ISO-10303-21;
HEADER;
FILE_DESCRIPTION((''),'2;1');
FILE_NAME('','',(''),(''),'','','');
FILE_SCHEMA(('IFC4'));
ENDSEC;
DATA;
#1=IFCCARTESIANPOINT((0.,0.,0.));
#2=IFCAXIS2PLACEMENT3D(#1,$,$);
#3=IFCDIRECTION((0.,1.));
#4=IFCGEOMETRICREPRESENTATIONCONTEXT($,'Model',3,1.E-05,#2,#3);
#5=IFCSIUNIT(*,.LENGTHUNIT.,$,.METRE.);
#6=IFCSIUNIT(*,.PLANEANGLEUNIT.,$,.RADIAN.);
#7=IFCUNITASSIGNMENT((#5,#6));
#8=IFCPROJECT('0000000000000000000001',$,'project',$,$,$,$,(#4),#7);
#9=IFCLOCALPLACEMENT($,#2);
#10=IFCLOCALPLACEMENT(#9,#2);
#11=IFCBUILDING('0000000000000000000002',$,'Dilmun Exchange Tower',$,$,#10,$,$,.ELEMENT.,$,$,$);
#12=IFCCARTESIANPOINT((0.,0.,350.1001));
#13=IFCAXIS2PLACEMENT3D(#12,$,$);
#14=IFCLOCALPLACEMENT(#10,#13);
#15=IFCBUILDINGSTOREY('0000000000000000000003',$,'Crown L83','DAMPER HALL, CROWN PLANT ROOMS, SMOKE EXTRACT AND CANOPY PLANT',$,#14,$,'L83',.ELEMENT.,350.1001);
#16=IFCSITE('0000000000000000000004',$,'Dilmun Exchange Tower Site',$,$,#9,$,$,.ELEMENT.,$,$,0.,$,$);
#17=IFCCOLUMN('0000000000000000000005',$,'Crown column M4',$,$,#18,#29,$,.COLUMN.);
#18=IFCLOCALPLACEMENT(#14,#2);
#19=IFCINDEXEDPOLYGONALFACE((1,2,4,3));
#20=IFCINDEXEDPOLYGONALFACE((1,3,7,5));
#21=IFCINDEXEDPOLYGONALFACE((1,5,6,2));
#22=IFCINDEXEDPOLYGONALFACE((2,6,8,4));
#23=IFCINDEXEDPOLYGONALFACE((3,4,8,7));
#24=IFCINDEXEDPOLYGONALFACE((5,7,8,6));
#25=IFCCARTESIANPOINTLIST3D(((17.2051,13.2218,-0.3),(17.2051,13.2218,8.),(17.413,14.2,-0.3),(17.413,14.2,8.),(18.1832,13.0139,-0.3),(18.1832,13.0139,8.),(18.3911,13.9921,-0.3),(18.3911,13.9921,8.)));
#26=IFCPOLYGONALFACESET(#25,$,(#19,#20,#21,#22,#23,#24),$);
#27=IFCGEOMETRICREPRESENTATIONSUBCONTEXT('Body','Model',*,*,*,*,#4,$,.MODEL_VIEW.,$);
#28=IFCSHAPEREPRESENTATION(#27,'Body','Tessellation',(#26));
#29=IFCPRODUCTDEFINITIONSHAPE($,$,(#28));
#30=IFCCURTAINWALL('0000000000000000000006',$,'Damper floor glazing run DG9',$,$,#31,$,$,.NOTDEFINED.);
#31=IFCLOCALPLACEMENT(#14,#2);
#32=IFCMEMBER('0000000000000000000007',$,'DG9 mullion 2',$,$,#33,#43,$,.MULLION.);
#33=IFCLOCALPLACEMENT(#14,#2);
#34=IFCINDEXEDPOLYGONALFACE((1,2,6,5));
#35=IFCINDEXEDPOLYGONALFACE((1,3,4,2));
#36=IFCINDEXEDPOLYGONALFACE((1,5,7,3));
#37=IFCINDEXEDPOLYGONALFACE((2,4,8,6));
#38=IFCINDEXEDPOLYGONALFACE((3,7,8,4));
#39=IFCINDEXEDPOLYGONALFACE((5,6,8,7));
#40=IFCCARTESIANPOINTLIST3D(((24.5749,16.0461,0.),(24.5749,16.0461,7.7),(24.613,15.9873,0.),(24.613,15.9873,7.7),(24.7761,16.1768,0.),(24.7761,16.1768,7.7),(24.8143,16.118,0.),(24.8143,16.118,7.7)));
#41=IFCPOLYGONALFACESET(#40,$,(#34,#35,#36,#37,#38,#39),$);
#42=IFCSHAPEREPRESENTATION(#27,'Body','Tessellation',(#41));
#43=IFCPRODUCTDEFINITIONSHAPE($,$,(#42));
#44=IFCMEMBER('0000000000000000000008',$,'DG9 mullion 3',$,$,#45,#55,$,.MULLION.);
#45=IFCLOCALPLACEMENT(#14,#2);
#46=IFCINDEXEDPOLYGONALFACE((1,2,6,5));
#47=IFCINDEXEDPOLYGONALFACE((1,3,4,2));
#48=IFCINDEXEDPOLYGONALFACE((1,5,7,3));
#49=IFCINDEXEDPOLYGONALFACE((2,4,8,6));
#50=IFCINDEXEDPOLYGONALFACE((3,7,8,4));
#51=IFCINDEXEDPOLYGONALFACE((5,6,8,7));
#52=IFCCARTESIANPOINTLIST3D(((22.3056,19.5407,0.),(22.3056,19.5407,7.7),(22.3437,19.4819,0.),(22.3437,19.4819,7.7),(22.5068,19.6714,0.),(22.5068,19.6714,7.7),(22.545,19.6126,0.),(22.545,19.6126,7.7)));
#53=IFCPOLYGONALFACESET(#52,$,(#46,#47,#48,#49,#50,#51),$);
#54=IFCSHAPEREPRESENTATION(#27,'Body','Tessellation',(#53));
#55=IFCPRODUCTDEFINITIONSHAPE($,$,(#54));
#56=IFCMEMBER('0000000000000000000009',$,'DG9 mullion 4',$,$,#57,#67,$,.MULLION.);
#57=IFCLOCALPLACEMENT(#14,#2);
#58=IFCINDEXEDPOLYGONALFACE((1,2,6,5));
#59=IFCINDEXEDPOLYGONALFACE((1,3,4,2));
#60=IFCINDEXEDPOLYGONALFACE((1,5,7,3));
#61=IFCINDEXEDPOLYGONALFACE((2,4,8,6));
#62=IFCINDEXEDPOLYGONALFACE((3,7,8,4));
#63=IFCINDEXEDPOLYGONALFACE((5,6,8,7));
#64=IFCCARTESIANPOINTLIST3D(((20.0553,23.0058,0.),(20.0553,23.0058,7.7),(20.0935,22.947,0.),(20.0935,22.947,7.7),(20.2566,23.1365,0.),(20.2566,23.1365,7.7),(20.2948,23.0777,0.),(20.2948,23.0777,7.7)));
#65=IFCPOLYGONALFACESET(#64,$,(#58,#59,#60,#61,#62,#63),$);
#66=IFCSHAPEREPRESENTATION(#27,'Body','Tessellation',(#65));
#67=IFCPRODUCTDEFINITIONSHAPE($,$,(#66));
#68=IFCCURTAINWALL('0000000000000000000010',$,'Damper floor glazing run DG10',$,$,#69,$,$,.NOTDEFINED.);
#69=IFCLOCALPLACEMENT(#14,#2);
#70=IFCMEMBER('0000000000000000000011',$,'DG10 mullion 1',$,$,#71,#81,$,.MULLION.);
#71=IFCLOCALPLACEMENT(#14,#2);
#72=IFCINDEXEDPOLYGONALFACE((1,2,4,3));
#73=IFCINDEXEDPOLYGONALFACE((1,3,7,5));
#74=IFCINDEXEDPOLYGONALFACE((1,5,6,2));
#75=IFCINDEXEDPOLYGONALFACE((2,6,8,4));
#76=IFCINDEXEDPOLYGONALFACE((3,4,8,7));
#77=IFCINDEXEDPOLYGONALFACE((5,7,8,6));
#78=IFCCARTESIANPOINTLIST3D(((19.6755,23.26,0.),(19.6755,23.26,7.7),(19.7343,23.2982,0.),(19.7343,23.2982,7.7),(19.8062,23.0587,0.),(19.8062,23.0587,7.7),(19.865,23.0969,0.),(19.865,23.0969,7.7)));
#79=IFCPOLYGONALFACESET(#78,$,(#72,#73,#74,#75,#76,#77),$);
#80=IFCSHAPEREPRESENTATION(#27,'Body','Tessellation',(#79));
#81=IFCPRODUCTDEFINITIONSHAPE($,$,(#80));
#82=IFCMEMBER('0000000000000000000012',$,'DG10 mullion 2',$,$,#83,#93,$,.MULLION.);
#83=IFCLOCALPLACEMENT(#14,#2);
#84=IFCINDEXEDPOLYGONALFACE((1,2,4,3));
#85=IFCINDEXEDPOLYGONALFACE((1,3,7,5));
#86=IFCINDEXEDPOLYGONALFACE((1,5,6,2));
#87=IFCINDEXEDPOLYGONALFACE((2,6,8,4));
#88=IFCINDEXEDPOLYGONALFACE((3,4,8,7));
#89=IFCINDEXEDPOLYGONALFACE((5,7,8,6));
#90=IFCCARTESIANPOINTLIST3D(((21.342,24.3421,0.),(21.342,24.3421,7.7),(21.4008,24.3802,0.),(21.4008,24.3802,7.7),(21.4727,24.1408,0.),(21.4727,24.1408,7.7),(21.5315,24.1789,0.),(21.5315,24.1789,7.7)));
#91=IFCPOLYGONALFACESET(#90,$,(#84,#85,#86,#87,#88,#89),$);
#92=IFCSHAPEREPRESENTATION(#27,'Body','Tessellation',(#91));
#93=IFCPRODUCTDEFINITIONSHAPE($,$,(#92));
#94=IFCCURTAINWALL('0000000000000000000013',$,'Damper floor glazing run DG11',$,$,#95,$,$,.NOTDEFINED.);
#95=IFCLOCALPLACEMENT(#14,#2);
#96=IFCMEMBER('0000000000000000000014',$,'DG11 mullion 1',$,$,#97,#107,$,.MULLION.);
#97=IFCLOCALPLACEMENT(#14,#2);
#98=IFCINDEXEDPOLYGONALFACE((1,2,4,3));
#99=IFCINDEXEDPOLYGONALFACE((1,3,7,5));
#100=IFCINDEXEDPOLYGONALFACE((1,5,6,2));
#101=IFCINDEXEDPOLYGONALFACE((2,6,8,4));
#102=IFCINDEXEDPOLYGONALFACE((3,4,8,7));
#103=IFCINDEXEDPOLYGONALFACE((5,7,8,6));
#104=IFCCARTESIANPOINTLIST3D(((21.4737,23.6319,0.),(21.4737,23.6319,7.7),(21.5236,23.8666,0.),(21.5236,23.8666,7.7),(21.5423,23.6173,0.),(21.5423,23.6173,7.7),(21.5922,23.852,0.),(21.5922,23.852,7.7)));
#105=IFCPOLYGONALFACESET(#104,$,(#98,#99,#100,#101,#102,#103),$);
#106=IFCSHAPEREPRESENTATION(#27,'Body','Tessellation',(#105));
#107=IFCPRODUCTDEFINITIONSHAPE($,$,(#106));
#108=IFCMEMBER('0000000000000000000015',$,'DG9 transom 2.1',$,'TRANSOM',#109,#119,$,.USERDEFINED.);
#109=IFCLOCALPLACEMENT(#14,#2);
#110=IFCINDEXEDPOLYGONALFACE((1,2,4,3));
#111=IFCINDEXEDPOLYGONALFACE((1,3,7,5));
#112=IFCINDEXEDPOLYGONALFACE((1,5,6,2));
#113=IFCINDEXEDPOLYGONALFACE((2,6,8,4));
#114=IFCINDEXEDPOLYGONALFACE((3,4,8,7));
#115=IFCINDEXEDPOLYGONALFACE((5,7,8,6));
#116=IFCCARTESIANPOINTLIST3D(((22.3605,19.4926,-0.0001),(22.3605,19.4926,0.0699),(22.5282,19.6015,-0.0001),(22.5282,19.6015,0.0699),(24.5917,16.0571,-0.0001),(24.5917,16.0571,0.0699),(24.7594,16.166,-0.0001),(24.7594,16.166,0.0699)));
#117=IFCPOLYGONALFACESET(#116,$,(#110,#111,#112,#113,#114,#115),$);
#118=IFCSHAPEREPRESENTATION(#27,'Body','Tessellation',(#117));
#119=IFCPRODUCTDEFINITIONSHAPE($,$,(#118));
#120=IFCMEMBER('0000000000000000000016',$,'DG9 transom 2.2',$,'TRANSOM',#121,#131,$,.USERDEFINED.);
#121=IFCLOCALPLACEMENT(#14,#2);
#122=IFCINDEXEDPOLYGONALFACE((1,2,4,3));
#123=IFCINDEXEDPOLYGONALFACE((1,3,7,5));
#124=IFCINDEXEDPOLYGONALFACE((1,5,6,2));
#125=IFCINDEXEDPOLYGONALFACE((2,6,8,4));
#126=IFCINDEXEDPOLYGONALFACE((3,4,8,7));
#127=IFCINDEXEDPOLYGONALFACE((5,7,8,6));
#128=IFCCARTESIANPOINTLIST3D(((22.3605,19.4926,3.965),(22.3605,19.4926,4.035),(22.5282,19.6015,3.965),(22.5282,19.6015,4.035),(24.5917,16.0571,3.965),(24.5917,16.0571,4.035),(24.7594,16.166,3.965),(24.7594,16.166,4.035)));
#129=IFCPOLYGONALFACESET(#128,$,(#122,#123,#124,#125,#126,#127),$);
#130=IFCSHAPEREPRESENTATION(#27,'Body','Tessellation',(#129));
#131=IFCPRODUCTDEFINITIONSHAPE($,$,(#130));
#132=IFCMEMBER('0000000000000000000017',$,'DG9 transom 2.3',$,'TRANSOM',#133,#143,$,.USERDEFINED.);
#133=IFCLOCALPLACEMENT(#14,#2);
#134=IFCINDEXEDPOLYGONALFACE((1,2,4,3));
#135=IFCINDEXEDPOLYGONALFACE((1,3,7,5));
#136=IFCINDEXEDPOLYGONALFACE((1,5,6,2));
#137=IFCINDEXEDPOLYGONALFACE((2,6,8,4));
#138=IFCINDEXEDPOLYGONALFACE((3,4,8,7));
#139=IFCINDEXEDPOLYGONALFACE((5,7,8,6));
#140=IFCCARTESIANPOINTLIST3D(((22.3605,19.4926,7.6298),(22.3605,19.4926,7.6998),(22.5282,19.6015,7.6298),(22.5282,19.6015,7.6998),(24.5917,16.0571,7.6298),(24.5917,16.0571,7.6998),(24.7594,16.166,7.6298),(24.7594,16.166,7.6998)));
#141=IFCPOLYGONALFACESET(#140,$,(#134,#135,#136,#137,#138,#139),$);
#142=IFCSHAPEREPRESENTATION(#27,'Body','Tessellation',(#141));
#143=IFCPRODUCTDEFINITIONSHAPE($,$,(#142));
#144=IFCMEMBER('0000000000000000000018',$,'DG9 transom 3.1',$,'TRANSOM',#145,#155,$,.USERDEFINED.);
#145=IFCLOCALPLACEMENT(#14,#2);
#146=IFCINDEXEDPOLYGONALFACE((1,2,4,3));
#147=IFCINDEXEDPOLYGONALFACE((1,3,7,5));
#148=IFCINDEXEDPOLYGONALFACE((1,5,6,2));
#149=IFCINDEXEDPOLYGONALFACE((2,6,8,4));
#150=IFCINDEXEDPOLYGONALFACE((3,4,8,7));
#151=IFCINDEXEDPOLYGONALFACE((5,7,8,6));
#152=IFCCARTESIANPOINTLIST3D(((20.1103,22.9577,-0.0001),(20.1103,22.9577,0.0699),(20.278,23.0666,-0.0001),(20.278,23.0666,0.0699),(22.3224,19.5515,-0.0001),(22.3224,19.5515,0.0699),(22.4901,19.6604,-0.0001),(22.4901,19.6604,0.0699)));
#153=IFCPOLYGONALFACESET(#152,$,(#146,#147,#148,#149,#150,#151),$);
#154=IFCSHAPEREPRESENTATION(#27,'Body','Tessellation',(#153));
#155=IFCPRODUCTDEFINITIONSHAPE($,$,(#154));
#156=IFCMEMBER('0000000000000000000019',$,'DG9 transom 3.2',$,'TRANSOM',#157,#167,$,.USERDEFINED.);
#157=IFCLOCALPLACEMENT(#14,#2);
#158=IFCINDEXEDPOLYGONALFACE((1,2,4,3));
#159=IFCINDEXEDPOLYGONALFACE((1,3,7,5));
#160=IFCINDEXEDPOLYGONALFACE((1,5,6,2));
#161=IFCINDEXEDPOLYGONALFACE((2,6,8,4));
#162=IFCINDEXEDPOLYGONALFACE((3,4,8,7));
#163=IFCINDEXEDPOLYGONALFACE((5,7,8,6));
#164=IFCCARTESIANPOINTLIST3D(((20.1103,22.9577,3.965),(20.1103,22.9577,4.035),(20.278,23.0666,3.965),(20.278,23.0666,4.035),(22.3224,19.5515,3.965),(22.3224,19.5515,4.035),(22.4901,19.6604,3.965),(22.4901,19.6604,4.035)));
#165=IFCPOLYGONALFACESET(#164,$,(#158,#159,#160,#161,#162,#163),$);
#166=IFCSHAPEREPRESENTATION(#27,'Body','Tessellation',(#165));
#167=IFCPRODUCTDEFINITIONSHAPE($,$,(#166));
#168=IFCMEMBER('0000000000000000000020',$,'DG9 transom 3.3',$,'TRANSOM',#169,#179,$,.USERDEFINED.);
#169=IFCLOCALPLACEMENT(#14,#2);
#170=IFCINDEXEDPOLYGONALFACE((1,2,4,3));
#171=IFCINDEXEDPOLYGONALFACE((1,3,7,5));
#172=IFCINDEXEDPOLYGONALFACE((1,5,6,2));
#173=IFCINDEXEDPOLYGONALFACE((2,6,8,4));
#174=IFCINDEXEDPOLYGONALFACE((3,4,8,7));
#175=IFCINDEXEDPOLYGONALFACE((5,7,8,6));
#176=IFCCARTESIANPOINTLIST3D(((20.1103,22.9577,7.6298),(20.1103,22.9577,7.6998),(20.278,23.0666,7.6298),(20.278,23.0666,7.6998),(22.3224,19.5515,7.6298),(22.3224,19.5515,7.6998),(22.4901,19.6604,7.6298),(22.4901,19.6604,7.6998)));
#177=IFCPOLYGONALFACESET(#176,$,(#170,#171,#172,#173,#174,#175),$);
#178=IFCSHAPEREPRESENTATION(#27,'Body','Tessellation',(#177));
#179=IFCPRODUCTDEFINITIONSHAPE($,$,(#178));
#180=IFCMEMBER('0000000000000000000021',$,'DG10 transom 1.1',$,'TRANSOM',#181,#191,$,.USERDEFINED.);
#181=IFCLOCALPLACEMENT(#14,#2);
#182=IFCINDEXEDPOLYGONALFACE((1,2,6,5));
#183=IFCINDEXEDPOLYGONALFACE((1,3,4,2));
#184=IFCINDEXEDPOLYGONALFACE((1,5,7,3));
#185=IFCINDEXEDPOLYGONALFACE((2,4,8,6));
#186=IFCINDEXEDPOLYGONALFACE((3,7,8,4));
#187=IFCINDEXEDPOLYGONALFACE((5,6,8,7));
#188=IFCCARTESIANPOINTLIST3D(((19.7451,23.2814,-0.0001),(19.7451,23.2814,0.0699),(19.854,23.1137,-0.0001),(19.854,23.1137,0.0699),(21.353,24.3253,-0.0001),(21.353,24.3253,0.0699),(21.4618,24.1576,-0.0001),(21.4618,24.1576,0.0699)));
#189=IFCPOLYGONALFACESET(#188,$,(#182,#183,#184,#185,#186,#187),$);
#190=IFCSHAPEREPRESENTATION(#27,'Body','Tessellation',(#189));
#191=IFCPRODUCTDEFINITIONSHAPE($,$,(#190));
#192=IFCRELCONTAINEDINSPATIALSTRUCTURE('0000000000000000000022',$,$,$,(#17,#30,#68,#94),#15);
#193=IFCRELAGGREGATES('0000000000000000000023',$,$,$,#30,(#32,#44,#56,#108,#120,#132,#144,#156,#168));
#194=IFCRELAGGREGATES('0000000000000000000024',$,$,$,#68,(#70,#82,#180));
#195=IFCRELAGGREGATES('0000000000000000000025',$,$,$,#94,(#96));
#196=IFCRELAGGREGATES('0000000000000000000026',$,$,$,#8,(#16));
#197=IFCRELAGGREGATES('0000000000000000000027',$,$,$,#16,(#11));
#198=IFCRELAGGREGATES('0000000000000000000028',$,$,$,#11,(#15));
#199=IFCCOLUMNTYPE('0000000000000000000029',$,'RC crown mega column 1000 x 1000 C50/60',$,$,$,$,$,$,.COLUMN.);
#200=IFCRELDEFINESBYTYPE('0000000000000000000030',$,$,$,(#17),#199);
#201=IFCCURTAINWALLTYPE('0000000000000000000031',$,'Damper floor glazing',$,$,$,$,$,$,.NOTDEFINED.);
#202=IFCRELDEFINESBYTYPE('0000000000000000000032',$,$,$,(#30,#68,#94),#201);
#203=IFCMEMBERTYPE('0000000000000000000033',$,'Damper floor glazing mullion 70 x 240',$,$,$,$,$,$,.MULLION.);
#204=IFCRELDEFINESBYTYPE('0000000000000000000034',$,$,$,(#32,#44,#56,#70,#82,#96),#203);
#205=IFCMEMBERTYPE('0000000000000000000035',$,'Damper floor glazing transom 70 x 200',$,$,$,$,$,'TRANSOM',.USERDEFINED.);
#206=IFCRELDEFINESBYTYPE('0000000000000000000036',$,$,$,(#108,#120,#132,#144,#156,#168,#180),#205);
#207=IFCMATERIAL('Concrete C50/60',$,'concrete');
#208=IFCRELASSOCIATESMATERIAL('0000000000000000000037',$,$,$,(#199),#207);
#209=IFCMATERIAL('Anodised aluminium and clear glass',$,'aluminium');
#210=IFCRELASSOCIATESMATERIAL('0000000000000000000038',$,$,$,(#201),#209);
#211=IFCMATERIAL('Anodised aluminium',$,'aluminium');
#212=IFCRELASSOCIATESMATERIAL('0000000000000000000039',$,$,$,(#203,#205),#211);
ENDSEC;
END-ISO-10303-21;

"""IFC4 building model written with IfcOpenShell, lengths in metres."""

from ifc_helpers import new_model, si_unit, direction, frame, origin, origin_2d, place, context, subcontext, project, spatial, rectangle, extrude, material, material_profile, profile_set, type_object, element, aggregate, save


model = new_model("IFC4")

# Units and contexts
model_context = context("Model", 3, precision=1e-05, world=origin(), true_north=direction((0.0, 1.0)))
body_context = subcontext(model_context, "Body", "Model", "MODEL_VIEW")
ifc_project = project(units=[si_unit("LENGTHUNIT", "METRE"), si_unit("PLANEANGLEUNIT", "RADIAN")], contexts=[model_context])

# Site, building, storey
site_placement = place(None, origin())
site = spatial("IfcSite", under=ifc_project, at=site_placement, Name="Dilmun Exchange Tower Site", CompositionType="ELEMENT", RefElevation=0.0)
building_placement = place(site_placement, origin())
building = spatial("IfcBuilding", under=site, at=building_placement, Name="Dilmun Exchange Tower", CompositionType="ELEMENT")
storey_placement = place(building_placement, frame((0.0, 0.0, 350.1001)))
storey = spatial("IfcBuildingStorey", under=building, at=storey_placement, Name="Crown L83", Description="DAMPER HALL, CROWN PLANT ROOMS, SMOKE EXTRACT AND CANOPY PLANT", LongName="L83", CompositionType="ELEMENT", Elevation=350.1001)

# Column
ifc_material_1 = material(Name="Concrete C50/60", Category="concrete")
ifc_material_profile_1 = material_profile(ifc_material_1, rectangle(XDim=1.0, YDim=1.0, at=origin_2d()), Name="1000 x 1000")
ifc_profile_set_1 = profile_set([ifc_material_profile_1], Name="Concrete C50/60")
column_type = type_object("IfcColumnType", Name="RC crown mega column 1000 x 1000 C50/60", PredefinedType="COLUMN", material=ifc_profile_set_1)
column_placement = place(storey_placement, frame((17.7981, 13.6069, -0.3), z_axis=(0.0, 0.0, 1.0), x_axis=(0.207912, 0.978148, 0.0)))
element("IfcColumn", 1, at=column_placement, inside=storey, type_object=column_type, Name="Crown column M4", PredefinedType="COLUMN", context=body_context, shape_type="SweptSolid", body=[
    extrude(rectangle(XDim=1.0, YDim=1.0, at=origin_2d()), origin(), (0.0, 0.0, 1.0), 8.3),
])

# Curtain walls, members
ifc_material_2 = material(Name="Anodised aluminium and clear glass", Category="aluminium")
curtain_wall_type = type_object("IfcCurtainWallType", Name="Damper floor glazing", PredefinedType="NOTDEFINED", material=ifc_material_2)
curtain_wall_1_placement = place(storey_placement, origin())
curtain_wall_1 = element("IfcCurtainWall", 2, at=curtain_wall_1_placement, inside=storey, type_object=curtain_wall_type, Name="Damper floor glazing run DG9", PredefinedType="NOTDEFINED")
ifc_material_3 = material(Name="Anodised aluminium", Category="aluminium")
ifc_material_profile_2 = material_profile(ifc_material_3, rectangle(XDim=0.24, YDim=0.0701, at=origin_2d()), Name="AL 70x240")
ifc_profile_set_2 = profile_set([ifc_material_profile_2], Name="Anodised aluminium")
member_type_1 = type_object("IfcMemberType", Name="Damper floor glazing mullion 70 x 240", PredefinedType="MULLION", material=ifc_profile_set_2)
member_1_placement = place(storey_placement, frame((24.6946, 16.082, 0.0), z_axis=(0.0, 0.0, 1.0), x_axis=(-0.838668, -0.544643, 0.0)))
member_1 = element("IfcMember", 3, at=member_1_placement, type_object=member_type_1, Name="DG9 mullion 2", PredefinedType="MULLION", context=body_context, shape_type="SweptSolid", body=[
    extrude(rectangle(XDim=0.24, YDim=0.0701, at=origin_2d()), origin(), (0.0, 0.0, 1.0), 7.7),
])
member_2_placement = place(storey_placement, frame((22.4253, 19.5767, 0.0), z_axis=(0.0, 0.0, 1.0), x_axis=(-0.838668, -0.544643, 0.0)))
member_2 = element("IfcMember", 4, at=member_2_placement, type_object=member_type_1, Name="DG9 mullion 3", PredefinedType="MULLION", context=body_context, shape_type="SweptSolid", body=[
    extrude(rectangle(XDim=0.24, YDim=0.0701, at=origin_2d()), origin(), (0.0, 0.0, 1.0), 7.7),
])
member_3_placement = place(storey_placement, frame((20.175, 23.0417, 0.0), z_axis=(0.0, 0.0, 1.0), x_axis=(-0.838668, -0.544643, 0.0)))
member_3 = element("IfcMember", 5, at=member_3_placement, type_object=member_type_1, Name="DG9 mullion 4", PredefinedType="MULLION", context=body_context, shape_type="SweptSolid", body=[
    extrude(rectangle(XDim=0.24, YDim=0.0701, at=origin_2d()), origin(), (0.0, 0.0, 1.0), 7.7),
])
curtain_wall_2_placement = place(storey_placement, origin())
curtain_wall_2 = element("IfcCurtainWall", 6, at=curtain_wall_2_placement, inside=storey, type_object=curtain_wall_type, Name="Damper floor glazing run DG10", PredefinedType="NOTDEFINED")
member_4_placement = place(storey_placement, frame((19.7703, 23.1785, 0.0), z_axis=(0.0, 0.0, 1.0), x_axis=(-0.544619, 0.838683, 0.0)))
member_4 = element("IfcMember", 7, at=member_4_placement, type_object=member_type_1, Name="DG10 mullion 1", PredefinedType="MULLION", context=body_context, shape_type="SweptSolid", body=[
    extrude(rectangle(XDim=0.24, YDim=0.0701, at=origin_2d()), origin(), (0.0, 0.0, 1.0), 7.7),
])
member_5_placement = place(storey_placement, frame((21.4368, 24.2605, 0.0), z_axis=(0.0, 0.0, 1.0), x_axis=(-0.544619, 0.838683, 0.0)))
member_5 = element("IfcMember", 8, at=member_5_placement, type_object=member_type_1, Name="DG10 mullion 2", PredefinedType="MULLION", context=body_context, shape_type="SweptSolid", body=[
    extrude(rectangle(XDim=0.24, YDim=0.0701, at=origin_2d()), origin(), (0.0, 0.0, 1.0), 7.7),
])

# Curtain wall, member
curtain_wall_3_placement = place(storey_placement, origin())
curtain_wall_3 = element("IfcCurtainWall", 9, at=curtain_wall_3_placement, inside=storey, type_object=curtain_wall_type, Name="Damper floor glazing run DG11", PredefinedType="NOTDEFINED")
member_6_placement = place(storey_placement, frame((21.533, 23.7419, 0.0), z_axis=(0.0, 0.0, 1.0), x_axis=(-0.207911, -0.978148, 0.0)))
member_6 = element("IfcMember", 10, at=member_6_placement, type_object=member_type_1, Name="DG11 mullion 1", PredefinedType="MULLION", context=body_context, shape_type="SweptSolid", body=[
    extrude(rectangle(XDim=0.24, YDim=0.0701, at=origin_2d()), origin(), (0.0, 0.0, 1.0), 7.7),
])

# Members
ifc_material_profile_3 = material_profile(ifc_material_3, rectangle(XDim=0.2, YDim=0.0701, at=origin_2d()), Name="AL 70x200")
ifc_profile_set_3 = profile_set([ifc_material_profile_3], Name="Anodised aluminium")
member_type_2 = type_object("IfcMemberType", Name="Damper floor glazing transom 70 x 200", ElementType="TRANSOM", PredefinedType="USERDEFINED", material=ifc_profile_set_3)
member_7_placement = place(storey_placement, frame((24.6755, 16.1116, 0.0349), z_axis=(-0.544662, 0.838656, 0.0), x_axis=(-0.838656, -0.544662, 0.0)))
member_7 = element("IfcMember", 11, at=member_7_placement, type_object=member_type_2, Name="DG9 transom 2.1", ObjectType="TRANSOM", PredefinedType="USERDEFINED", context=body_context, shape_type="SweptSolid", body=[
    extrude(rectangle(XDim=0.2, YDim=0.0701, at=origin_2d()), origin(), (0.0, 0.0, 1.0), 4.0964),
])
member_8_placement = place(storey_placement, frame((24.6755, 16.1116, 4.0), z_axis=(-0.544662, 0.838656, 0.0), x_axis=(-0.838656, -0.544662, 0.0)))
member_8 = element("IfcMember", 12, at=member_8_placement, type_object=member_type_2, Name="DG9 transom 2.2", ObjectType="TRANSOM", PredefinedType="USERDEFINED", context=body_context, shape_type="SweptSolid", body=[
    extrude(rectangle(XDim=0.2, YDim=0.0701, at=origin_2d()), origin(), (0.0, 0.0, 1.0), 4.0964),
])
member_9_placement = place(storey_placement, frame((24.6755, 16.1116, 7.6648), z_axis=(-0.544662, 0.838656, 0.0), x_axis=(-0.838656, -0.544662, 0.0)))
member_9 = element("IfcMember", 13, at=member_9_placement, type_object=member_type_2, Name="DG9 transom 2.3", ObjectType="TRANSOM", PredefinedType="USERDEFINED", context=body_context, shape_type="SweptSolid", body=[
    extrude(rectangle(XDim=0.2, YDim=0.0701, at=origin_2d()), origin(), (0.0, 0.0, 1.0), 4.0964),
])
member_10_placement = place(storey_placement, frame((22.4062, 19.606, 0.0349), z_axis=(-0.544659, 0.838658, 0.0), x_axis=(-0.838658, -0.544659, 0.0)))
member_10 = element("IfcMember", 14, at=member_10_placement, type_object=member_type_2, Name="DG9 transom 3.1", ObjectType="TRANSOM", PredefinedType="USERDEFINED", context=body_context, shape_type="SweptSolid", body=[
    extrude(rectangle(XDim=0.2, YDim=0.0701, at=origin_2d()), origin(), (0.0, 0.0, 1.0), 4.0615),
])
member_11_placement = place(storey_placement, frame((22.4062, 19.606, 4.0), z_axis=(-0.544659, 0.838658, 0.0), x_axis=(-0.838658, -0.544659, 0.0)))
member_11 = element("IfcMember", 15, at=member_11_placement, type_object=member_type_2, Name="DG9 transom 3.2", ObjectType="TRANSOM", PredefinedType="USERDEFINED", context=body_context, shape_type="SweptSolid", body=[
    extrude(rectangle(XDim=0.2, YDim=0.0701, at=origin_2d()), origin(), (0.0, 0.0, 1.0), 4.0615),
])
member_12_placement = place(storey_placement, frame((22.4062, 19.606, 7.6648), z_axis=(-0.544659, 0.838658, 0.0), x_axis=(-0.838658, -0.544659, 0.0)))
member_12 = element("IfcMember", 16, at=member_12_placement, type_object=member_type_2, Name="DG9 transom 3.3", ObjectType="TRANSOM", PredefinedType="USERDEFINED", context=body_context, shape_type="SweptSolid", body=[
    extrude(rectangle(XDim=0.2, YDim=0.0701, at=origin_2d()), origin(), (0.0, 0.0, 1.0), 4.0615),
])
member_13_placement = place(storey_placement, frame((19.7996, 23.1975, 0.0349), z_axis=(0.838729, 0.54455, 0.0), x_axis=(-0.54455, 0.838729, 0.0)))
member_13 = element("IfcMember", 17, at=member_13_placement, type_object=member_type_2, Name="DG10 transom 1.1", ObjectType="TRANSOM", PredefinedType="USERDEFINED", context=body_context, shape_type="SweptSolid", body=[
    extrude(rectangle(XDim=0.2, YDim=0.0701, at=origin_2d()), origin(), (0.0, 0.0, 1.0), 1.917),
])

aggregate(curtain_wall_1, [member_1, member_2, member_3, member_7, member_8, member_9, member_10, member_11, member_12])
aggregate(curtain_wall_2, [member_4, member_5, member_13])
aggregate(curtain_wall_3, [member_6])

save(model, "model.ifc")
